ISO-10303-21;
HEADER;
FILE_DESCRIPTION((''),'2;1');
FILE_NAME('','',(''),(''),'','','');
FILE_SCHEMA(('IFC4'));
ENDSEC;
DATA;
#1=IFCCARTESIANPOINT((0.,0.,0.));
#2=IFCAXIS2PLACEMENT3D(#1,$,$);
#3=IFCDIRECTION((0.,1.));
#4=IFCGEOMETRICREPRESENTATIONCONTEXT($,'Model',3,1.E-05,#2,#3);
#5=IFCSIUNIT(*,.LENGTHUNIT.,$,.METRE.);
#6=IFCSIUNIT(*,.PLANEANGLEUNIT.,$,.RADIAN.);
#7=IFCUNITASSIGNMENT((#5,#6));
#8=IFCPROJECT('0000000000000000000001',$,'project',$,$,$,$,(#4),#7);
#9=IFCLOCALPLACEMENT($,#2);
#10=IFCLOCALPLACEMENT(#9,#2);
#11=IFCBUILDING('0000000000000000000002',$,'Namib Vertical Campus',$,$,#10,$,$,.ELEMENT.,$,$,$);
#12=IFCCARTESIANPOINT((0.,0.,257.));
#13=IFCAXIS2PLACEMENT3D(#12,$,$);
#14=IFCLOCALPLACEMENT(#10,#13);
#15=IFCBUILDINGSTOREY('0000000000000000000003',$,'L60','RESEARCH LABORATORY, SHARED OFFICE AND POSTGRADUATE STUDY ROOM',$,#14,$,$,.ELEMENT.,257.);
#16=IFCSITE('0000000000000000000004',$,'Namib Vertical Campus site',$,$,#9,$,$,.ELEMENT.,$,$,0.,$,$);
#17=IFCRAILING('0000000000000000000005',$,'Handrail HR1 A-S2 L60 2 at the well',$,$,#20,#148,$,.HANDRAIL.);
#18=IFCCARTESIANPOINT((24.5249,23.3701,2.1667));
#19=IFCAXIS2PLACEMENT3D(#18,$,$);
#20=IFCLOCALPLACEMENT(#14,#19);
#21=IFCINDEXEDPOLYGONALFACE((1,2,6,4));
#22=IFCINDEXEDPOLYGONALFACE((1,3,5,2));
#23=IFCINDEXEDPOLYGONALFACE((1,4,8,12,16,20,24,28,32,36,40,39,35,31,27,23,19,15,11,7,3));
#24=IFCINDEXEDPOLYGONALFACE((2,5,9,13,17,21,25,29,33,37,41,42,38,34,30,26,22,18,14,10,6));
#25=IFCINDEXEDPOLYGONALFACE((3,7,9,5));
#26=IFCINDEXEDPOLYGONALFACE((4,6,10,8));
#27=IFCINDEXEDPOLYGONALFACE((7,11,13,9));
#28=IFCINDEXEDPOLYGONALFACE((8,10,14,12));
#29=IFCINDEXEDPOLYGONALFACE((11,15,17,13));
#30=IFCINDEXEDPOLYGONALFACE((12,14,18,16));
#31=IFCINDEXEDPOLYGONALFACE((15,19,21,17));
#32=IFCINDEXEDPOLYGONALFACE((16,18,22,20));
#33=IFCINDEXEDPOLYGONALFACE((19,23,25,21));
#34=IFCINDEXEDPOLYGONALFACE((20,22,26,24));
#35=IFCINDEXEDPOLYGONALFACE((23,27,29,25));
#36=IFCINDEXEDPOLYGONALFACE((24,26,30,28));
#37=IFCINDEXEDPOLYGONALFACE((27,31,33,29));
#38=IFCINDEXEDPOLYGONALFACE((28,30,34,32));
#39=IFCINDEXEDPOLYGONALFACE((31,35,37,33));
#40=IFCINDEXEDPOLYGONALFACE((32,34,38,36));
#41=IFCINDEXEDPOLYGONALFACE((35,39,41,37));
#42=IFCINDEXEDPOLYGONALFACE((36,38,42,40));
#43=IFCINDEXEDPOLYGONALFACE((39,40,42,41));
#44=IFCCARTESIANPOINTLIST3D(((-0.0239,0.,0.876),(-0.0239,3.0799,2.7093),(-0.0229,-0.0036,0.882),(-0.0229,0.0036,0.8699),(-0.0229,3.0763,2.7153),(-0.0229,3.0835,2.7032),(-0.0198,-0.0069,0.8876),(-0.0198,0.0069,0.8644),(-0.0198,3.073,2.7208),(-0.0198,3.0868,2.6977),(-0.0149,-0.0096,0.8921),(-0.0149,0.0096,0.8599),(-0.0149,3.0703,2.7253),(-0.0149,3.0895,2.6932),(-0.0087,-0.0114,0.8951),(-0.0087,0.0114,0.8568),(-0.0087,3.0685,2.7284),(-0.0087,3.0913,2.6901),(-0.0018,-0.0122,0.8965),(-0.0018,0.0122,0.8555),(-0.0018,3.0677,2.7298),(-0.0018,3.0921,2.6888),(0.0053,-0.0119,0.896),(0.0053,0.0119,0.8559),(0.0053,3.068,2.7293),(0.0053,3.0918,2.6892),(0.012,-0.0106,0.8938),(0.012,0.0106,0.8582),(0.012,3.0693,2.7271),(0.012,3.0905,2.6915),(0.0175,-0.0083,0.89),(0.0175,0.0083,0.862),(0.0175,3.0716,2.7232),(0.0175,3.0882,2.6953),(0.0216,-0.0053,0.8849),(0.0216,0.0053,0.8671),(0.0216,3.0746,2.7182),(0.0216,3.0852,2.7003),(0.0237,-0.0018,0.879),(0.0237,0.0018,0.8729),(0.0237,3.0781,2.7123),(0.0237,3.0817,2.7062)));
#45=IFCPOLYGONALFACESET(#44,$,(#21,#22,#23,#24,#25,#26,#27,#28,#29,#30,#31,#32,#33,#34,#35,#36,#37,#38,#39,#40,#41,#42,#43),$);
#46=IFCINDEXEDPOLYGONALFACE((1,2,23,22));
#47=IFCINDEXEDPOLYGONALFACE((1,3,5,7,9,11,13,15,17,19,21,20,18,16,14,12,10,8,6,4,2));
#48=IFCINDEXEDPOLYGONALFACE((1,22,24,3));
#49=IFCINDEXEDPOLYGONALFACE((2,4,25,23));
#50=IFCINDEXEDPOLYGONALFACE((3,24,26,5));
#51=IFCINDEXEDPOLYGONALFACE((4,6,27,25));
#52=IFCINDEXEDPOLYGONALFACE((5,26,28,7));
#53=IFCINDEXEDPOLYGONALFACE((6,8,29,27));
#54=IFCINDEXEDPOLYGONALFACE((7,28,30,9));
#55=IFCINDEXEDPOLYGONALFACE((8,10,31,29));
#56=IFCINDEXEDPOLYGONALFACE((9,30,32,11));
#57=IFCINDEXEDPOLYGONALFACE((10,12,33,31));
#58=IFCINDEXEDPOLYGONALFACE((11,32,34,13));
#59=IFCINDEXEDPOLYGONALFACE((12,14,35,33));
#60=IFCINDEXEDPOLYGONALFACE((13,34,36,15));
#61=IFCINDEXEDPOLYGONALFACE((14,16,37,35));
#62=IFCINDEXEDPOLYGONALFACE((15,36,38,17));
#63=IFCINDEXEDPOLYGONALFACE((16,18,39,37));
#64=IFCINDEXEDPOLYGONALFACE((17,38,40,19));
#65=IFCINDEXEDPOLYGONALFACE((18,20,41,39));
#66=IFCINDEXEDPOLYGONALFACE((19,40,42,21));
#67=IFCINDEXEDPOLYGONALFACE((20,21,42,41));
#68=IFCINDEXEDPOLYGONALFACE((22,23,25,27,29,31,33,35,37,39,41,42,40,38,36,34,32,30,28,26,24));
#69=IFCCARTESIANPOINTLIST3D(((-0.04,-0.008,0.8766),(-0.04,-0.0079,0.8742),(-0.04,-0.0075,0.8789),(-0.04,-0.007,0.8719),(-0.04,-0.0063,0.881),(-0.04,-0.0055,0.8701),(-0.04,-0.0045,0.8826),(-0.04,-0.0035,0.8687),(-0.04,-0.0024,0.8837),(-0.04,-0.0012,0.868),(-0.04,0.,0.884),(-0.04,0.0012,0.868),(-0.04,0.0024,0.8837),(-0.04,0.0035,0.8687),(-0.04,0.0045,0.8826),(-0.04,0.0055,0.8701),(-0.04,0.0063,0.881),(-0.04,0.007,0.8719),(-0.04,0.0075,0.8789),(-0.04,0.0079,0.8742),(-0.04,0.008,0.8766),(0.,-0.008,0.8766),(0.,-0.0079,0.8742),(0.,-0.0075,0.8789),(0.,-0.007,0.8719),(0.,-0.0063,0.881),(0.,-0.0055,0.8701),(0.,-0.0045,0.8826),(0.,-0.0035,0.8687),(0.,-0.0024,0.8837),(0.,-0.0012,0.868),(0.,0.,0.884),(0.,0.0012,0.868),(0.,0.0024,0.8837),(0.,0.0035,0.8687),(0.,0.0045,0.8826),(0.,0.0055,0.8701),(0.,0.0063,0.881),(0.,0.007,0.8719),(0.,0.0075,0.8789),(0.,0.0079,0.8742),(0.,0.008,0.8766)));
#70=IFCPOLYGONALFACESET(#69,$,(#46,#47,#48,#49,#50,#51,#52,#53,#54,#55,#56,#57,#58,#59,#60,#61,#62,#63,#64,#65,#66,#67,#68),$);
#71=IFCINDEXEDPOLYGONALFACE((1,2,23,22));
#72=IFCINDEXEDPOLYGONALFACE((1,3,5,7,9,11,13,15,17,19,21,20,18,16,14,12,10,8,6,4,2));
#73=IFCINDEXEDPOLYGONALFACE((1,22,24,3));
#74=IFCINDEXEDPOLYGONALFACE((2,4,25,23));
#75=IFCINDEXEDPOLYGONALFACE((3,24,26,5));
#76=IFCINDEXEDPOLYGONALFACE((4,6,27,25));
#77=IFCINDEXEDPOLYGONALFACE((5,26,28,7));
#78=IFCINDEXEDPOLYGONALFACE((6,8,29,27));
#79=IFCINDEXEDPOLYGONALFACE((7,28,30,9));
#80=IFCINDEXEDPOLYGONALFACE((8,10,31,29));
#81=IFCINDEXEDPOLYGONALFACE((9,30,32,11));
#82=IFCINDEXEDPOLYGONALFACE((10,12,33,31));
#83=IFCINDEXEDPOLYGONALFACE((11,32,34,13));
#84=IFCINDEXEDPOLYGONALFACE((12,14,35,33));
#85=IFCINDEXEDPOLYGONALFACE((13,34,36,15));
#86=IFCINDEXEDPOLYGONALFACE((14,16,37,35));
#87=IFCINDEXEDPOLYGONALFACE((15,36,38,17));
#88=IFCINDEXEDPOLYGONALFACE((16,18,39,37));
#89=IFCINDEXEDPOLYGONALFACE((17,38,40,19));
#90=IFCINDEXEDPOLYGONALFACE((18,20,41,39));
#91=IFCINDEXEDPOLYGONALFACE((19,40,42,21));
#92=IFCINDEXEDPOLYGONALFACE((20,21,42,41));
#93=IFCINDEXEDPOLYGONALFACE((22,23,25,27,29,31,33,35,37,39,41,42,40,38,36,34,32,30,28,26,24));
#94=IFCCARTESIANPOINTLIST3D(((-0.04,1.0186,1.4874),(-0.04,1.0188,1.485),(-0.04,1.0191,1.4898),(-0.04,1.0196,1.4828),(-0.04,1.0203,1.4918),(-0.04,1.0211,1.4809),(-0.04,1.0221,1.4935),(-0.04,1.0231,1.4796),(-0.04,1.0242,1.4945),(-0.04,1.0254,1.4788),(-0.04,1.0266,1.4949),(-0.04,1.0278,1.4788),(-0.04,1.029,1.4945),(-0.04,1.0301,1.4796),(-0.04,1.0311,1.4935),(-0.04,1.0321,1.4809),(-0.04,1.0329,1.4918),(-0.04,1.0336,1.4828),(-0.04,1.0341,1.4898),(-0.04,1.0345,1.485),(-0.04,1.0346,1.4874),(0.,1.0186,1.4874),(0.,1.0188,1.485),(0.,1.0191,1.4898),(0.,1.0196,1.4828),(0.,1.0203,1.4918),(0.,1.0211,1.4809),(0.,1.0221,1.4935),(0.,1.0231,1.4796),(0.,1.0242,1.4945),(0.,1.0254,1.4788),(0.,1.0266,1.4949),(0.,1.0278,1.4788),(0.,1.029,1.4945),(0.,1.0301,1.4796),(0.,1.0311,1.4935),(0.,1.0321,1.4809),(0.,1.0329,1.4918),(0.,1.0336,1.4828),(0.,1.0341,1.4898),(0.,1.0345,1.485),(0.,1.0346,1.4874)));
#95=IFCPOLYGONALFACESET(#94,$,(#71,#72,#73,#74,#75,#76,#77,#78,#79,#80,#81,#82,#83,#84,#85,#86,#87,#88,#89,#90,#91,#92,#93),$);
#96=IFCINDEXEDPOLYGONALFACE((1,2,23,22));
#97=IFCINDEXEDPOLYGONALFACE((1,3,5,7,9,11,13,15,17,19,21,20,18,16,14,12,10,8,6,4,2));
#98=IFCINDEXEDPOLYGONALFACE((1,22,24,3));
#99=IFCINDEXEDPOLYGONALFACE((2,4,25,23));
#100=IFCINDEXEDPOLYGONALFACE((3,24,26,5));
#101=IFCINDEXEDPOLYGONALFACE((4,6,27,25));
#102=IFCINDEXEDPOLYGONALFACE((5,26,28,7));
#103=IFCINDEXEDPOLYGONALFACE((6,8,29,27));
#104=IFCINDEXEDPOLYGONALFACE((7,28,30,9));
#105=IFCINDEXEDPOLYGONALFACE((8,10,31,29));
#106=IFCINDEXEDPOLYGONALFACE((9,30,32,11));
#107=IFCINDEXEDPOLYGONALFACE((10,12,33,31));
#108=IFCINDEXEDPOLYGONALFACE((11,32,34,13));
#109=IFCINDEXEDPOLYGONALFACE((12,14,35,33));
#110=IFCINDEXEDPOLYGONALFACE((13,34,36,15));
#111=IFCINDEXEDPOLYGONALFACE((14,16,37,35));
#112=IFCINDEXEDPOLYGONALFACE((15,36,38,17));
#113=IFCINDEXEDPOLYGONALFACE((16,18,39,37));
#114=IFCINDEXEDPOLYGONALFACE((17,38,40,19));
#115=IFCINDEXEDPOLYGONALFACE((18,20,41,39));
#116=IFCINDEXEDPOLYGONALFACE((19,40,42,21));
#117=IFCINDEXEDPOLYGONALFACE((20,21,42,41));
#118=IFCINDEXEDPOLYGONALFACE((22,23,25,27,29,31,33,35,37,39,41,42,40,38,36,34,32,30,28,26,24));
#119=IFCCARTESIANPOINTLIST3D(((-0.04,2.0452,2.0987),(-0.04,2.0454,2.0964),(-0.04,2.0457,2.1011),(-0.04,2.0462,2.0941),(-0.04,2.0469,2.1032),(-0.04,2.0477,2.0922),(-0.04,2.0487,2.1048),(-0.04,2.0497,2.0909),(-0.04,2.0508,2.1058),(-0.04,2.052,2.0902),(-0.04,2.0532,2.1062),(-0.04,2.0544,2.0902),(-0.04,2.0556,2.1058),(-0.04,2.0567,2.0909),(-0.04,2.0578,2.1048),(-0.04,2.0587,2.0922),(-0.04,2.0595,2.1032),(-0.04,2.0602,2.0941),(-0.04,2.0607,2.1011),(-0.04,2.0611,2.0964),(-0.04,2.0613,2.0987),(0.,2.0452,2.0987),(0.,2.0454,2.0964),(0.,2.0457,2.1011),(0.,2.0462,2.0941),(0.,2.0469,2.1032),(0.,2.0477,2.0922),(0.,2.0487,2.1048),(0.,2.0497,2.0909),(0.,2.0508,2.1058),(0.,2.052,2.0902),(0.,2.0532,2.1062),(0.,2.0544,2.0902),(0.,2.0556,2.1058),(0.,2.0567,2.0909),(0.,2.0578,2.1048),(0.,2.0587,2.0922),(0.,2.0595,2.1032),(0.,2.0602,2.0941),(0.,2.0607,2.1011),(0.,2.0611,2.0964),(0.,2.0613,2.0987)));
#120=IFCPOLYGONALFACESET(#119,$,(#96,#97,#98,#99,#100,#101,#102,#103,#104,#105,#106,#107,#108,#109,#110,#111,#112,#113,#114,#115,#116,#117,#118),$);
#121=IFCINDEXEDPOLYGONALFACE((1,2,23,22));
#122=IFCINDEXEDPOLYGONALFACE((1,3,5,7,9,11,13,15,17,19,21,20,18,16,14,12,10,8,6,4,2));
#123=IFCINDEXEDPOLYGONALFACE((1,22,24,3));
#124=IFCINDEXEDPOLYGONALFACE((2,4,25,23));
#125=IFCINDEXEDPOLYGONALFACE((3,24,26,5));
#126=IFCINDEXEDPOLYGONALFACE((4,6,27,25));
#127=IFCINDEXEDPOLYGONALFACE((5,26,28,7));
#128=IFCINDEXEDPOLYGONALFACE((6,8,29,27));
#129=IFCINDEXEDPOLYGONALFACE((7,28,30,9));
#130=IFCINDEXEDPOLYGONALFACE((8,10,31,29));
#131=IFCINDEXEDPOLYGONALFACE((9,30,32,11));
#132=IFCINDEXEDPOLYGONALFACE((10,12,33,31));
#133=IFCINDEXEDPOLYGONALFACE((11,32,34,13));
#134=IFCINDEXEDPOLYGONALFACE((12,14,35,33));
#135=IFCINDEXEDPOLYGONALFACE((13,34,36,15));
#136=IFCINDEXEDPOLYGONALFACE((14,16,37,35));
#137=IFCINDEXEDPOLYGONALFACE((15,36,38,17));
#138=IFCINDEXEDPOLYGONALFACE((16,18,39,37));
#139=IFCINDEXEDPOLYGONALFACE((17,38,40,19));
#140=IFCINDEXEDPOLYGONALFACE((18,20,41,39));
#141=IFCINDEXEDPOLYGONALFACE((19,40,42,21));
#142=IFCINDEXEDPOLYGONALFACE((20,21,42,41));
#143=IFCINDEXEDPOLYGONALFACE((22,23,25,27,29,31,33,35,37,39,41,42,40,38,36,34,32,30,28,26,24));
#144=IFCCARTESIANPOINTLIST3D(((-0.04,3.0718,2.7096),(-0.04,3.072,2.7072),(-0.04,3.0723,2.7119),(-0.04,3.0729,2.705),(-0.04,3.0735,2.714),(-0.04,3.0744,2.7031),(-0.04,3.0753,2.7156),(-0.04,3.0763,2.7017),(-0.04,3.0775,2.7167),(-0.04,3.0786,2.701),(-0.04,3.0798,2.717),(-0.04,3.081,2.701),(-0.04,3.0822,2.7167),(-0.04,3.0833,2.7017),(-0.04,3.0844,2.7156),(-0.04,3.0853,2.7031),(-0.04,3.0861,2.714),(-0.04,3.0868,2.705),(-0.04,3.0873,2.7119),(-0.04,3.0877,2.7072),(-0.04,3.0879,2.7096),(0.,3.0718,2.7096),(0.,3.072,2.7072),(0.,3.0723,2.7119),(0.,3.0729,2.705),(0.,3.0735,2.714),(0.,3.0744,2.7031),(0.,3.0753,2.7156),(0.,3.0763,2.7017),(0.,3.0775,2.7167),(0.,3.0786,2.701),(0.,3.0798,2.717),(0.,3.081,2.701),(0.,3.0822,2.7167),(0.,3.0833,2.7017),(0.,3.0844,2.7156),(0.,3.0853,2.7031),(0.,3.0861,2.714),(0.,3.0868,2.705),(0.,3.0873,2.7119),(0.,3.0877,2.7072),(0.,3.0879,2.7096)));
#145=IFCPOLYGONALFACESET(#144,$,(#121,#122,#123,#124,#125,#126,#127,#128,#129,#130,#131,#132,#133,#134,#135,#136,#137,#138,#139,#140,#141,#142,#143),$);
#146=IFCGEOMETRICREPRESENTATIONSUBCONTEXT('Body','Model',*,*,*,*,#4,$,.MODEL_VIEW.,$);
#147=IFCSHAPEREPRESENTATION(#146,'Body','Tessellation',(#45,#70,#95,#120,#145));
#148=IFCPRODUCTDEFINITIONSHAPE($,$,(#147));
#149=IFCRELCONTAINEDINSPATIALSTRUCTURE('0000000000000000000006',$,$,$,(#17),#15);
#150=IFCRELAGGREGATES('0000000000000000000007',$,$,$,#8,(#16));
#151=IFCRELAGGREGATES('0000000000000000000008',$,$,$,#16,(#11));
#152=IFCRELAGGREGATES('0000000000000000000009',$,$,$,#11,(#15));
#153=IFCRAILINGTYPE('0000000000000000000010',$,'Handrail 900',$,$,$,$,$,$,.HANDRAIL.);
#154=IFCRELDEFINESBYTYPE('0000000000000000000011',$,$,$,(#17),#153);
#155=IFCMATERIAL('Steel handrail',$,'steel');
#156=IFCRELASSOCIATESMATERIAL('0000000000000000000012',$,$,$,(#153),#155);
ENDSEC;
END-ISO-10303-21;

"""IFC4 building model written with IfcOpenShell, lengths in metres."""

from ifc_helpers import new_model, si_unit, direction, frame, origin, origin_2d, place, context, subcontext, project, spatial, circle, extrude, material, type_object, element, save


model = new_model("IFC4")

# Units and contexts
model_context = context("Model", 3, precision=1e-05, world=origin(), true_north=direction((0.0, 1.0)))
body_context = subcontext(model_context, "Body", "Model", "MODEL_VIEW")
ifc_project = project(units=[si_unit("LENGTHUNIT", "METRE"), si_unit("PLANEANGLEUNIT", "RADIAN")], contexts=[model_context])

# Site, building, storey
site_placement = place(None, origin())
site = spatial("IfcSite", under=ifc_project, at=site_placement, Name="Namib Vertical Campus site", CompositionType="ELEMENT", RefElevation=0.0)
building_placement = place(site_placement, origin())
building = spatial("IfcBuilding", under=site, at=building_placement, Name="Namib Vertical Campus", CompositionType="ELEMENT")
storey_placement = place(building_placement, frame((0.0, 0.0, 257.0)))
storey = spatial("IfcBuildingStorey", under=building, at=storey_placement, Name="L60", Description="RESEARCH LABORATORY, SHARED OFFICE AND POSTGRADUATE STUDY ROOM", CompositionType="ELEMENT", Elevation=257.0)

# Railing
ifc_material_1 = material(Name="Steel handrail", Category="steel")
railing_type_1 = type_object("IfcRailingType", Name="Handrail 900", PredefinedType="HANDRAIL", material=ifc_material_1)
railing_1_placement = place(storey_placement, frame((24.5249, 23.3701, 2.1667)))
element("IfcRailing", 1, at=railing_1_placement, inside=storey, type_object=railing_type_1, Name="Handrail HR1 A-S2 L60 2 at the well", PredefinedType="HANDRAIL", context=body_context, shape_type="SweptSolid", body=[
    extrude(circle(Radius=0.0239, at=origin_2d()), frame((0.0, 0.0, 0.876), z_axis=(0.0, 0.859291, 0.511487), x_axis=(-1.0, 0.0, 0.0)), (0.0, 0.0, 1.0), 3.5842),
    extrude(circle(Radius=0.0081, at=origin_2d()), frame((0.0, 0.0, 0.876), z_axis=(-1.0, 0.0, 0.0), x_axis=(0.0, 0.0, 1.0)), (0.0, 0.0, 1.0), 0.04),
    extrude(circle(Radius=0.0081, at=origin_2d()), frame((0.0, 1.0266, 1.4868), z_axis=(-1.0, 0.0, 0.0), x_axis=(0.0, 0.0, 1.0)), (0.0, 0.0, 1.0), 0.04),
    extrude(circle(Radius=0.0081, at=origin_2d()), frame((0.0, 2.0532, 2.0981), z_axis=(-1.0, 0.0, 0.0), x_axis=(0.0, 0.0, 1.0)), (0.0, 0.0, 1.0), 0.04),
    extrude(circle(Radius=0.0081, at=origin_2d()), frame((0.0, 3.0798, 2.709), z_axis=(-1.0, 0.0, 0.0), x_axis=(0.0, 0.0, 1.0)), (0.0, 0.0, 1.0), 0.04),
])

save(model, "model.ifc")
